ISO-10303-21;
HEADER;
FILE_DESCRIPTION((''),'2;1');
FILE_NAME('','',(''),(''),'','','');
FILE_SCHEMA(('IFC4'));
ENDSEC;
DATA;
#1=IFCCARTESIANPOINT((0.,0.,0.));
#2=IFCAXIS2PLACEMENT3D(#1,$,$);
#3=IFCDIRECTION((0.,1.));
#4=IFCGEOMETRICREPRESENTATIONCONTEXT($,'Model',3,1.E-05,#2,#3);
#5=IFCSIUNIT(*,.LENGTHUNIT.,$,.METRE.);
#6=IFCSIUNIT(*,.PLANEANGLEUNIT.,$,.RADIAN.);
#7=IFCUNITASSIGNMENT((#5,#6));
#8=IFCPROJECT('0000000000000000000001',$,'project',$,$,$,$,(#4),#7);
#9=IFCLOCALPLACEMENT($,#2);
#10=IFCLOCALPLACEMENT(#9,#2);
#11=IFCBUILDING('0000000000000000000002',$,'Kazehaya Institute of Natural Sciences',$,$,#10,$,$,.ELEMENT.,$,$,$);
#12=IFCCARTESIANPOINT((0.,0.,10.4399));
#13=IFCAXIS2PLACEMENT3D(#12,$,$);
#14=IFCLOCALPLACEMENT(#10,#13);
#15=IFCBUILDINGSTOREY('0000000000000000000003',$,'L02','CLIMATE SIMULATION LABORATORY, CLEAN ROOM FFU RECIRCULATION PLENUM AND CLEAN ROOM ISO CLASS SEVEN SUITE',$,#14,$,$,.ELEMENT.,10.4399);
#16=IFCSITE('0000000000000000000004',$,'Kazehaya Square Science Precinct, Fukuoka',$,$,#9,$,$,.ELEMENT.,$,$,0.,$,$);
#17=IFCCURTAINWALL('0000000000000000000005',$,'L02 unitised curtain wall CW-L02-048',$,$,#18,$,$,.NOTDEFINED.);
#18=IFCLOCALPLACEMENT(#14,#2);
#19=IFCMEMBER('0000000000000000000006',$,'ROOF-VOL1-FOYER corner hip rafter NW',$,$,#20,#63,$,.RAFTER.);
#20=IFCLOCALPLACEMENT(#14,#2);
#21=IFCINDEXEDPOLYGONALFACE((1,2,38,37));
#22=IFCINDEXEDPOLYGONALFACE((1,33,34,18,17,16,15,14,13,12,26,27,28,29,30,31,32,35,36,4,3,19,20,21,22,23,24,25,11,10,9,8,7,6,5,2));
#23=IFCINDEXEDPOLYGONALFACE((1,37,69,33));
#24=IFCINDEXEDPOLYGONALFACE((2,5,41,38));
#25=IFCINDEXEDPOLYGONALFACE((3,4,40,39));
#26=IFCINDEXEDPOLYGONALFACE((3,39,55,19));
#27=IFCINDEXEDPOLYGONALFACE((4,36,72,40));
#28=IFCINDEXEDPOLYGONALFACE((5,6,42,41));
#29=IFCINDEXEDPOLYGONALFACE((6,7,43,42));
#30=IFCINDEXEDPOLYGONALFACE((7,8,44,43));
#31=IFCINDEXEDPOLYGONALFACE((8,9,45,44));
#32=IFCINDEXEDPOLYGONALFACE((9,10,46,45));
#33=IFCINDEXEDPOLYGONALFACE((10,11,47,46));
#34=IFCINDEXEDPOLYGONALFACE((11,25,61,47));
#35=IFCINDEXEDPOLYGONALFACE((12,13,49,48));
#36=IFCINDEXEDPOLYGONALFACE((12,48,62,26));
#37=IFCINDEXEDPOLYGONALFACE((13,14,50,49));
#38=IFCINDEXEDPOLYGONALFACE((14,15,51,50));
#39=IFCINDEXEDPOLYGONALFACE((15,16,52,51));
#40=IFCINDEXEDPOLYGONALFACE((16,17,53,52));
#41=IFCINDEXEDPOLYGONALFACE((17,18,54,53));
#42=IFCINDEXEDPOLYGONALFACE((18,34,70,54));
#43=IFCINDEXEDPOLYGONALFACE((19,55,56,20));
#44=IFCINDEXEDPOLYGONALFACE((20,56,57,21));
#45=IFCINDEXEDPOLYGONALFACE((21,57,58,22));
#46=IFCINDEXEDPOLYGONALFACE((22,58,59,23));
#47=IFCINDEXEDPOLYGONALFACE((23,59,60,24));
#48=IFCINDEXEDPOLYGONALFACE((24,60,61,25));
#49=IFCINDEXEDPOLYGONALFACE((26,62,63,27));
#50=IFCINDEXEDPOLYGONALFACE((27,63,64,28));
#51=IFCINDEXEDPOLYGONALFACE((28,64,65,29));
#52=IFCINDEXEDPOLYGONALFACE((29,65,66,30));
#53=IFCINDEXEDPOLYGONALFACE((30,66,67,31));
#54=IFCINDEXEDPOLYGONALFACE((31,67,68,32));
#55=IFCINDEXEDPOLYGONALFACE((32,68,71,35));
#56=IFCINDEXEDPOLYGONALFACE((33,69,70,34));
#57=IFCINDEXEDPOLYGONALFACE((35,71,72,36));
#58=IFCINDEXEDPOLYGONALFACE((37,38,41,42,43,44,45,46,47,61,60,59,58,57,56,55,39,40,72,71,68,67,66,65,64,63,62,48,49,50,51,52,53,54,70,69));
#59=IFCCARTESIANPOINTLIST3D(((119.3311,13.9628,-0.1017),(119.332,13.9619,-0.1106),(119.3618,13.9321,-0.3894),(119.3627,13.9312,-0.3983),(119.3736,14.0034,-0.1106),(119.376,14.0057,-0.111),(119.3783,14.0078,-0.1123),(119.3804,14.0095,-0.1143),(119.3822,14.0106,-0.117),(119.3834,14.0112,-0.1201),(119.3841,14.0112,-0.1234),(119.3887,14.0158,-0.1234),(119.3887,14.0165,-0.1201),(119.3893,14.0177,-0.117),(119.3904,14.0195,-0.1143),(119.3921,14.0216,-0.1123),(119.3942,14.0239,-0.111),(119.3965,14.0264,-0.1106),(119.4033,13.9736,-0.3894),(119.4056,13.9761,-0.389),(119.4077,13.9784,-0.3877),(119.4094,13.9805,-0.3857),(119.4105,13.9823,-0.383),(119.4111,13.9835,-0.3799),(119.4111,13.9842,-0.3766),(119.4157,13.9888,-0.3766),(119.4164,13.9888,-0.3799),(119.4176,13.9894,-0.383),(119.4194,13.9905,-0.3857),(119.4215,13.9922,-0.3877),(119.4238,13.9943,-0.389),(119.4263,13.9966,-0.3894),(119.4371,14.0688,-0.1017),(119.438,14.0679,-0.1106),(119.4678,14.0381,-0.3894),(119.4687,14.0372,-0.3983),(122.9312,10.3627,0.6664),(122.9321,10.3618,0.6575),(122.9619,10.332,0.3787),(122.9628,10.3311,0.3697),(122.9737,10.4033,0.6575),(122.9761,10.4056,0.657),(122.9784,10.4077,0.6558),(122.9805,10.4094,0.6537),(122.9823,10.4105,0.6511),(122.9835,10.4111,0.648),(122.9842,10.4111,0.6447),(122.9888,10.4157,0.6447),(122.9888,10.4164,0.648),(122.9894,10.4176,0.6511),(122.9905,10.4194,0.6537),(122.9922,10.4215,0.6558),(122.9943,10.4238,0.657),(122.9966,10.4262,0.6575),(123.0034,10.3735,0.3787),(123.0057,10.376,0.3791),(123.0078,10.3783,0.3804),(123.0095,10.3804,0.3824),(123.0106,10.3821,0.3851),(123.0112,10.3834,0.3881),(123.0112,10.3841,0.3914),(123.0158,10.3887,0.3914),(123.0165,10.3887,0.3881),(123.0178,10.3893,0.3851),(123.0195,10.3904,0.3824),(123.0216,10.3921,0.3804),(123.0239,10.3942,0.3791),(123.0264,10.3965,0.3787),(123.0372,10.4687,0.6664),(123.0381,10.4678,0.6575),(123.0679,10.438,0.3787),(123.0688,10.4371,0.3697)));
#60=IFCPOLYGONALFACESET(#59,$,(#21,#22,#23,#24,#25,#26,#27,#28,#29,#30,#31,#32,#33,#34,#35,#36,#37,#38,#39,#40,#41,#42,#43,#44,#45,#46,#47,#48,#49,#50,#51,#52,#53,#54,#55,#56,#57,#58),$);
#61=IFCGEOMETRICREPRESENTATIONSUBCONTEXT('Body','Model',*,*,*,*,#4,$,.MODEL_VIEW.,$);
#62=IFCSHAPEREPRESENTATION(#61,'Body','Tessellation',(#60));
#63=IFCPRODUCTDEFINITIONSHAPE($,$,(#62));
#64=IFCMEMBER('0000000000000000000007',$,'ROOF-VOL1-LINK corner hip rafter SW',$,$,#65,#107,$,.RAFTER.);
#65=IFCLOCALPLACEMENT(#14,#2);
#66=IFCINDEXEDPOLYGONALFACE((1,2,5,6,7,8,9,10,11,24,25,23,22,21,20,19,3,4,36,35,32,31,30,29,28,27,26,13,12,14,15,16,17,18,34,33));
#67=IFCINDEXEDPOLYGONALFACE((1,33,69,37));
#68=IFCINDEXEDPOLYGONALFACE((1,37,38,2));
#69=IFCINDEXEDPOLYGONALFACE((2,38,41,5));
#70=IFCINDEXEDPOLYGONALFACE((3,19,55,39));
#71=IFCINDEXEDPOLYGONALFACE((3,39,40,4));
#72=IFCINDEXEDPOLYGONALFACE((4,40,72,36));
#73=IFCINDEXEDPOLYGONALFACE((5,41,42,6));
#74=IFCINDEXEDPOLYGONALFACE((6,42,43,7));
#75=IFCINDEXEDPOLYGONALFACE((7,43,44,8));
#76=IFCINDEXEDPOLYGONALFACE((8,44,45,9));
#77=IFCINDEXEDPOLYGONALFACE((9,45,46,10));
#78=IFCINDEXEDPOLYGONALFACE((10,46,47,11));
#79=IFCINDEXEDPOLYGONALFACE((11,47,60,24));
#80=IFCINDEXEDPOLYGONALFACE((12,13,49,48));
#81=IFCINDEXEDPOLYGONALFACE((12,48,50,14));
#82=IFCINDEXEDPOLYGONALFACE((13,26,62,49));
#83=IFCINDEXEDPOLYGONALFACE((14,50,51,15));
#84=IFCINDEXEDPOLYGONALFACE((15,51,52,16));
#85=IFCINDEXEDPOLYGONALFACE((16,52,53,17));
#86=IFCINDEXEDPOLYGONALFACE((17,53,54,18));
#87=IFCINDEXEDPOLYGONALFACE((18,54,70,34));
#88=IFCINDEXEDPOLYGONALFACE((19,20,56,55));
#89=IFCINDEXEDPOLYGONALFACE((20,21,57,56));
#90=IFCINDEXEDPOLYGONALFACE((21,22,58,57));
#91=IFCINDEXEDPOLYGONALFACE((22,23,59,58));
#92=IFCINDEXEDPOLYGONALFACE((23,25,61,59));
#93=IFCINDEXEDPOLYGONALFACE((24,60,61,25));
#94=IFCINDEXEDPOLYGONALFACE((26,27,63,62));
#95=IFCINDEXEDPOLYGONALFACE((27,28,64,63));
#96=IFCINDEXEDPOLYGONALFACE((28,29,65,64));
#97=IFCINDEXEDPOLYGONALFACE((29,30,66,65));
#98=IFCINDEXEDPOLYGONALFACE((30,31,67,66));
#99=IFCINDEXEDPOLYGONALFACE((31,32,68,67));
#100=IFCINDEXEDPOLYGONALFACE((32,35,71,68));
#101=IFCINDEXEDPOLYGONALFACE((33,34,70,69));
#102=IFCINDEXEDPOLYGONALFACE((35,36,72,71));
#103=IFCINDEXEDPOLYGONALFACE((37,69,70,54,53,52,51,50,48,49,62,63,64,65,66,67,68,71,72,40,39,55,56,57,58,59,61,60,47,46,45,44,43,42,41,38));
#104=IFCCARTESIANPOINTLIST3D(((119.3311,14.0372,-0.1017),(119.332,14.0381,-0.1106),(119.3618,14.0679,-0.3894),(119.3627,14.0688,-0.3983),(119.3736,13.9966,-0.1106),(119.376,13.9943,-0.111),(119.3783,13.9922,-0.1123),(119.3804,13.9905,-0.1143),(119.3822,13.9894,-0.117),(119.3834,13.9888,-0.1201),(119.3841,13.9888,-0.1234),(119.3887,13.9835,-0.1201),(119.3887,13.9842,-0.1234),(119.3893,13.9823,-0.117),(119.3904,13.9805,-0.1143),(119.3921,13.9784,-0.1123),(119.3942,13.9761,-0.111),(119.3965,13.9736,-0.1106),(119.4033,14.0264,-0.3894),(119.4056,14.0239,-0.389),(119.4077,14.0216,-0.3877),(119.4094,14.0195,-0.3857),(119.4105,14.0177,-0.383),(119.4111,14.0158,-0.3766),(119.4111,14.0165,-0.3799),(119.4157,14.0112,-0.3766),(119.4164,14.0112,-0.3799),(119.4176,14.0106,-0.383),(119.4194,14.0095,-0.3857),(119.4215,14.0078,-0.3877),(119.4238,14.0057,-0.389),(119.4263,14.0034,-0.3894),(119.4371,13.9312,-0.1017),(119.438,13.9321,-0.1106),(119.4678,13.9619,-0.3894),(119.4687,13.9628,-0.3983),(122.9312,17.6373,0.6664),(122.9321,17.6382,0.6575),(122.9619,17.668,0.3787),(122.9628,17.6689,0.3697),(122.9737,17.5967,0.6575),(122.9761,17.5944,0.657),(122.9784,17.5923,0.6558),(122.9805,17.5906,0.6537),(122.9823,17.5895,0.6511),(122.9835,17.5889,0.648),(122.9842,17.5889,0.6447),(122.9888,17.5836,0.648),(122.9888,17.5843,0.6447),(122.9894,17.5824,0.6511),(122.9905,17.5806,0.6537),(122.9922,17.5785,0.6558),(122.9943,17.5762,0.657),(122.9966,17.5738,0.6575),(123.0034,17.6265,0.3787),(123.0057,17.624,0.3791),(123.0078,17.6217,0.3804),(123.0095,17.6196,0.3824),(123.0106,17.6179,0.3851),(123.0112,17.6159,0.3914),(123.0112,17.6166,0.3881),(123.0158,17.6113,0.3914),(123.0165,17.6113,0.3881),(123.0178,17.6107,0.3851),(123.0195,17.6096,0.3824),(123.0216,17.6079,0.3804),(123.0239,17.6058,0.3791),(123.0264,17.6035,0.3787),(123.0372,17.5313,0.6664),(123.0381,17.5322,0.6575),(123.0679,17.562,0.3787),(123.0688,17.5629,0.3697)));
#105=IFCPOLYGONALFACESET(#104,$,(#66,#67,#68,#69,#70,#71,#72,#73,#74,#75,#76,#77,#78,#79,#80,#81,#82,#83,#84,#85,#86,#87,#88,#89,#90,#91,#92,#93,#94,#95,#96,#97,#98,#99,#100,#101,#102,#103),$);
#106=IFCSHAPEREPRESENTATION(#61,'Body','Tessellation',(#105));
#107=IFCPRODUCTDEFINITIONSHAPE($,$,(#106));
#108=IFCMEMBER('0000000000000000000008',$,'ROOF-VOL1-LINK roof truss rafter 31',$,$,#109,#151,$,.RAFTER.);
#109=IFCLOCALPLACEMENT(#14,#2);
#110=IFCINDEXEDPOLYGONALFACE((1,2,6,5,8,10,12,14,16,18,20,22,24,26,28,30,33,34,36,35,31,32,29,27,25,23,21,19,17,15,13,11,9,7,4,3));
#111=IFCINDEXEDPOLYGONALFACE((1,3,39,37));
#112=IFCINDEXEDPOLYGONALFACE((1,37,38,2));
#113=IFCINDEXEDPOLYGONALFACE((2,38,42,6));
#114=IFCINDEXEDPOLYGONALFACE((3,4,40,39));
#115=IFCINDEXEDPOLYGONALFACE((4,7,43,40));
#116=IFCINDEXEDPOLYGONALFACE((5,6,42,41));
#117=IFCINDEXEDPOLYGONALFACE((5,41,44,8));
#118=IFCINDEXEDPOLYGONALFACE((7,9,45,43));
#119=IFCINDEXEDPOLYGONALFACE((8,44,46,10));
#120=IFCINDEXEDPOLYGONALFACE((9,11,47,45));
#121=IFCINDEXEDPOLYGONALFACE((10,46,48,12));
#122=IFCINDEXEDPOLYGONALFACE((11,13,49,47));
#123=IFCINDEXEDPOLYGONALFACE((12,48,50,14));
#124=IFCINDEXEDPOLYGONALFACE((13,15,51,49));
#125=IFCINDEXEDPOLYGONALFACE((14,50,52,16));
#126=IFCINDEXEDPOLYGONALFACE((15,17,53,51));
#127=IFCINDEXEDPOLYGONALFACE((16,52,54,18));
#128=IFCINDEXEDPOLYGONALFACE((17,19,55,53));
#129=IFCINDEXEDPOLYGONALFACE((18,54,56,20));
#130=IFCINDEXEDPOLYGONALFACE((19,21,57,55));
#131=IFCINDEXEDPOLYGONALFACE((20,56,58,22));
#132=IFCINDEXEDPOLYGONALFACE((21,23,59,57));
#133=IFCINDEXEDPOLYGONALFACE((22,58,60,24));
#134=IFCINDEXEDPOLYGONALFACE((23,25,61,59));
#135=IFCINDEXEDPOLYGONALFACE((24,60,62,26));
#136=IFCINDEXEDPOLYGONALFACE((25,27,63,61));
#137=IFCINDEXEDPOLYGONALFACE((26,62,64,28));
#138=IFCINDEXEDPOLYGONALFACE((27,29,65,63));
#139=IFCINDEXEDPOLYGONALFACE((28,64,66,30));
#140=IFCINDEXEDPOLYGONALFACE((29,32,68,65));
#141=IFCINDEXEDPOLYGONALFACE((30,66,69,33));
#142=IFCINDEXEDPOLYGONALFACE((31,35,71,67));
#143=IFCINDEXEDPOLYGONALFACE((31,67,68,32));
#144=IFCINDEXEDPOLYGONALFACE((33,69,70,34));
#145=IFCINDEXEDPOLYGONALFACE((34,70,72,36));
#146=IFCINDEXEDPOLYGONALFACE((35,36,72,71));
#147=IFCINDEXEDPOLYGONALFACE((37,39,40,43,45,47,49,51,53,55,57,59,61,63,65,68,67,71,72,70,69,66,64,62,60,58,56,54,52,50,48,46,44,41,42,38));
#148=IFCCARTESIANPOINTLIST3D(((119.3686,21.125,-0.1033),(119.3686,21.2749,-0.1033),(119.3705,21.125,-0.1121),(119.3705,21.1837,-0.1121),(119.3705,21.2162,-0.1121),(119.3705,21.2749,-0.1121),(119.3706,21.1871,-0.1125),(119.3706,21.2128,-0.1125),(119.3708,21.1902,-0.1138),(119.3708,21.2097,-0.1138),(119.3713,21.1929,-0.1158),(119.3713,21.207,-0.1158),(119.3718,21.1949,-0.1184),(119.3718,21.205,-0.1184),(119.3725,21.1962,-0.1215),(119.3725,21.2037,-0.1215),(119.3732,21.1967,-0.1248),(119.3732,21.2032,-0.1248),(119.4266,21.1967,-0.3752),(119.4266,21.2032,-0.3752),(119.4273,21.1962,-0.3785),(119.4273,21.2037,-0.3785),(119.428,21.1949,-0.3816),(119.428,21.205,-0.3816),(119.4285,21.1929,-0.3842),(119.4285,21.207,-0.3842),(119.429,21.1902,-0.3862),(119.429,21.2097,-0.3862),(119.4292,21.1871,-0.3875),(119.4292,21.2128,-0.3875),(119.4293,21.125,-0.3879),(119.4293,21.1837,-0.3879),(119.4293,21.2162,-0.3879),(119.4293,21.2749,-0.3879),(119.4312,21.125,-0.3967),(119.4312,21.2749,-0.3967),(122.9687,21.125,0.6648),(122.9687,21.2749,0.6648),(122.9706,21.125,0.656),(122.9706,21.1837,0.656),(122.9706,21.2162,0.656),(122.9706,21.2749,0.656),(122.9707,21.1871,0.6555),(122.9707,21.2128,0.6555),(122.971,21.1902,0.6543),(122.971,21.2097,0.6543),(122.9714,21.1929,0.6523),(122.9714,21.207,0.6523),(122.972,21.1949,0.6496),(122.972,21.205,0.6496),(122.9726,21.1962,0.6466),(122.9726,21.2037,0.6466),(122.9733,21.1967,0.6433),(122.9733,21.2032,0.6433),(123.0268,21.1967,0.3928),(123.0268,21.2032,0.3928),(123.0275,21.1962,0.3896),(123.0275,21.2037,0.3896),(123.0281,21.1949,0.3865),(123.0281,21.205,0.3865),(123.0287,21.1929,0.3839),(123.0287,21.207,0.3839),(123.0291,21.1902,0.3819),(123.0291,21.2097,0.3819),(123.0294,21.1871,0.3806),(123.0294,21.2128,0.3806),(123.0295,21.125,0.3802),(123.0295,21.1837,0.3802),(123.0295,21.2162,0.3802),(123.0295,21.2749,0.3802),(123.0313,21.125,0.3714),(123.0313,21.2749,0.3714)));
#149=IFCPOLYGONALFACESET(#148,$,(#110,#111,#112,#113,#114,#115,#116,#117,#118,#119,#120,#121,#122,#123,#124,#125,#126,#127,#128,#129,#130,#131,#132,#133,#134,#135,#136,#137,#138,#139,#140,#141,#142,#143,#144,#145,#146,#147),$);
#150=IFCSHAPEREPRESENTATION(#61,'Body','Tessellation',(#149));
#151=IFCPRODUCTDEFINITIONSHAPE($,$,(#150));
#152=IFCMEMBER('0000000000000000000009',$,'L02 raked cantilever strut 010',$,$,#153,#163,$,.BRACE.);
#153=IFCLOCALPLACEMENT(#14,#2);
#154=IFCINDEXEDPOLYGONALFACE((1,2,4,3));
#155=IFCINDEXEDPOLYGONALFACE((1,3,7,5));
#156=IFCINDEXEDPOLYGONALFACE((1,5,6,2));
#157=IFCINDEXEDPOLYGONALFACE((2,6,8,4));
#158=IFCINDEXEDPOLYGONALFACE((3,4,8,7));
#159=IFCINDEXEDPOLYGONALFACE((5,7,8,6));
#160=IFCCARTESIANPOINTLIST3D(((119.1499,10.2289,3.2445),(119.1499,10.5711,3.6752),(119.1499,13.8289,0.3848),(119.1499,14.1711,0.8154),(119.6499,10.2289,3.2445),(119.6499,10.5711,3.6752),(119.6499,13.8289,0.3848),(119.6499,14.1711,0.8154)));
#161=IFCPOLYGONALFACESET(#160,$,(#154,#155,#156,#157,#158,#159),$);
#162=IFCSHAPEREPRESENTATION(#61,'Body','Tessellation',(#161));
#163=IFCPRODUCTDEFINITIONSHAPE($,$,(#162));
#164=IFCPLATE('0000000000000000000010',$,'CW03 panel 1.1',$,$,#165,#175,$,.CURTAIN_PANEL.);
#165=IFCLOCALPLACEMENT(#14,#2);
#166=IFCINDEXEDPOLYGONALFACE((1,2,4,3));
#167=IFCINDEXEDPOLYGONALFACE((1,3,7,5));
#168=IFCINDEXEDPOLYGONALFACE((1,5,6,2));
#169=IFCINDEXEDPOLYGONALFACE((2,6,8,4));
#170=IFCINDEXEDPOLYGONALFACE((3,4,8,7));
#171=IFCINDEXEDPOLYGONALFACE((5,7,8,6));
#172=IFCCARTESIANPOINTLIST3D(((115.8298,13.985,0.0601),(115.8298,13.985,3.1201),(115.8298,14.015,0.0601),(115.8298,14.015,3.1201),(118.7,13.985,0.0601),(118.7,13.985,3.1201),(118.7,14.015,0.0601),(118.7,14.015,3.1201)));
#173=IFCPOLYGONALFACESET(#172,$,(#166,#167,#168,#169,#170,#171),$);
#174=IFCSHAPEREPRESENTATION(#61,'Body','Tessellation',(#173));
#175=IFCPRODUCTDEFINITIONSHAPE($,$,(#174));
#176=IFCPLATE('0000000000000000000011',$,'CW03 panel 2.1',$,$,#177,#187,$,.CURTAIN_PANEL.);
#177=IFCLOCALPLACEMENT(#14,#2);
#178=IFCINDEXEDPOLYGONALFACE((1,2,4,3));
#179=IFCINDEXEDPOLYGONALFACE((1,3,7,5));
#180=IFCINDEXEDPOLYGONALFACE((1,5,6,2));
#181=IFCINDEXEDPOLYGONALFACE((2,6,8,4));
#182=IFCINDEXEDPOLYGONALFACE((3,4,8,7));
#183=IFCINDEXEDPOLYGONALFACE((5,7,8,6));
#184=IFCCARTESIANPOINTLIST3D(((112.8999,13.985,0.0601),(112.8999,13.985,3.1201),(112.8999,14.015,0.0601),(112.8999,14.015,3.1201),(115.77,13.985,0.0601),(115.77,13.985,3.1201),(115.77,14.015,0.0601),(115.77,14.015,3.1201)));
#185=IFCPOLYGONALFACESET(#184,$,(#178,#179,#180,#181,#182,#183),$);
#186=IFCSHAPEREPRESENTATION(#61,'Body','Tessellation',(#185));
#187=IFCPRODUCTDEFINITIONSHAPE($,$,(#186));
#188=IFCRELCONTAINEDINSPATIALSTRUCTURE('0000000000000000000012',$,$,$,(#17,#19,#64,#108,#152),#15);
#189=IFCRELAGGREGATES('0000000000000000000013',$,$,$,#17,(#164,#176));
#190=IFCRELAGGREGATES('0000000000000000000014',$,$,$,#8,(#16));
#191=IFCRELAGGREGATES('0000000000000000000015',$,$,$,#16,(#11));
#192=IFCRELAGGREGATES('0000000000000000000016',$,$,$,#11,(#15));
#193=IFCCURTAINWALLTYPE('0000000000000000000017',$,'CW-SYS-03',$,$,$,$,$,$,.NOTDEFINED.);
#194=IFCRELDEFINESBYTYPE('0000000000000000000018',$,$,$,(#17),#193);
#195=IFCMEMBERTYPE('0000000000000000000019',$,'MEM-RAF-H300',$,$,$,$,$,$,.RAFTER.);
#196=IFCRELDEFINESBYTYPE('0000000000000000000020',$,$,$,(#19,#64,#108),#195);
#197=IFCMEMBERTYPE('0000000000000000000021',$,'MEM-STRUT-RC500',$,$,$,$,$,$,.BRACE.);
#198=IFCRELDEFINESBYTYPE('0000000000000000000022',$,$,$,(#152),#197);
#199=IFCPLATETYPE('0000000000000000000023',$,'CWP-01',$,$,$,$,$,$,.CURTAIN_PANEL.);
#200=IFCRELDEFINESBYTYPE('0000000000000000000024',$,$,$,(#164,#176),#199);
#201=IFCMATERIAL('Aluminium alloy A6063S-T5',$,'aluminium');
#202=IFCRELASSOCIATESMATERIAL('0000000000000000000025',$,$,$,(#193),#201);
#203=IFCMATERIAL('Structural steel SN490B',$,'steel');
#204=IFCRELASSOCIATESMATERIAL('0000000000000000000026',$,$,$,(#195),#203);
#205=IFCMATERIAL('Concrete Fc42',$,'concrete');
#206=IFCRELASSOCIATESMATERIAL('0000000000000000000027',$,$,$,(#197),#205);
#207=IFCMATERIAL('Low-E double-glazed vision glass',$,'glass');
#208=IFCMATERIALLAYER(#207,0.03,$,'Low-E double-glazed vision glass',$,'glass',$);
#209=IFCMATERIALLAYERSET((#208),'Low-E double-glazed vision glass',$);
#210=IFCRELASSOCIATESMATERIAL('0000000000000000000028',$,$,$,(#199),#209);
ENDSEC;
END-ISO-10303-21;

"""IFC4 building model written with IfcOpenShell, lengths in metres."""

from ifc_helpers import new_model, si_unit, direction, frame, origin, origin_2d, place, context, subcontext, project, spatial, rectangle, i_section, extrude, material, layer, layer_set, material_profile, profile_set, type_object, element, aggregate, save


model = new_model("IFC4")

# Units and contexts
model_context = context("Model", 3, precision=1e-05, world=origin(), true_north=direction((0.0, 1.0)))
body_context = subcontext(model_context, "Body", "Model", "MODEL_VIEW")
ifc_project = project(units=[si_unit("LENGTHUNIT", "METRE"), si_unit("PLANEANGLEUNIT", "RADIAN")], contexts=[model_context])

# Site, building, storey
site_placement = place(None, origin())
site = spatial("IfcSite", under=ifc_project, at=site_placement, Name="Kazehaya Square Science Precinct, Fukuoka", CompositionType="ELEMENT", RefElevation=0.0)
building_placement = place(site_placement, origin())
building = spatial("IfcBuilding", under=site, at=building_placement, Name="Kazehaya Institute of Natural Sciences", CompositionType="ELEMENT")
storey_placement = place(building_placement, frame((0.0, 0.0, 10.4399)))
storey = spatial("IfcBuildingStorey", under=building, at=storey_placement, Name="L02", Description="CLIMATE SIMULATION LABORATORY, CLEAN ROOM FFU RECIRCULATION PLENUM AND CLEAN ROOM ISO CLASS SEVEN SUITE", CompositionType="ELEMENT", Elevation=10.4399)

# Shared definitions
ifc_material_1 = material(Name="Concrete Fc42", Category="concrete")

# Curtain wall
ifc_material_2 = material(Name="Aluminium alloy A6063S-T5", Category="aluminium")
curtain_wall_type = type_object("IfcCurtainWallType", Name="CW-SYS-03", PredefinedType="NOTDEFINED", material=ifc_material_2)
curtain_wall_placement = place(storey_placement, origin())
curtain_wall = element("IfcCurtainWall", 1, at=curtain_wall_placement, inside=storey, type_object=curtain_wall_type, Name="L02 unitised curtain wall CW-L02-048", PredefinedType="NOTDEFINED")

# Members
ifc_material_3 = material(Name="Structural steel SN490B", Category="steel")
ifc_material_profile_1 = material_profile(ifc_material_3, i_section(OverallWidth=0.1499, OverallDepth=0.3, WebThickness=0.0066, FlangeThickness=0.009, FilletRadius=0.0129, at=origin_2d()), Name="H-300x150x6.5x9")
ifc_profile_set_1 = profile_set([ifc_material_profile_1], Name="Structural steel SN490B")
member_type_1 = type_object("IfcMemberType", Name="MEM-RAF-H300", PredefinedType="RAFTER", material=ifc_profile_set_1)
for number, where, z_axis, x_axis, name in (
    (2, (119.3999, 14.0, -0.25), (0.699195, -0.699195, 0.149171), (0.707107, 0.707107, 0.0), "ROOF-VOL1-FOYER corner hip rafter NW"),
    (3, (119.3999, 14.0, -0.25), (0.699195, 0.699195, 0.149171), (-0.707107, 0.707107, 0.0), "ROOF-VOL1-LINK corner hip rafter SW"),
):
    element("IfcMember", number, at=place(storey_placement, frame(where, z_axis=z_axis, x_axis=x_axis)), inside=storey, type_object=member_type_1, Name=name, PredefinedType="RAFTER", context=body_context, shape_type="SweptSolid", body=[
        extrude(i_section(OverallWidth=0.1499, OverallDepth=0.3, WebThickness=0.0066, FlangeThickness=0.009, FilletRadius=0.0129, at=origin_2d()), origin(), (0.0, 0.0, 1.0), 5.1489),
    ])
member_1_placement = place(storey_placement, frame((119.3999, 21.2, -0.25), z_axis=(0.97799, 0.0, 0.20865), x_axis=(0.0, 1.0, 0.0)))
element("IfcMember", 4, at=member_1_placement, inside=storey, type_object=member_type_1, Name="ROOF-VOL1-LINK roof truss rafter 31", PredefinedType="RAFTER", context=body_context, shape_type="SweptSolid", body=[
    extrude(i_section(OverallWidth=0.1499, OverallDepth=0.3, WebThickness=0.0066, FlangeThickness=0.009, FilletRadius=0.0129, at=origin_2d()), origin(), (0.0, 0.0, 1.0), 3.6812),
])
ifc_material_profile_2 = material_profile(ifc_material_1, rectangle(XDim=0.5, YDim=0.55, at=origin_2d()), Name="RC-500x550")
ifc_profile_set_2 = profile_set([ifc_material_profile_2], Name="Concrete Fc42")
member_type_2 = type_object("IfcMemberType", Name="MEM-STRUT-RC500", PredefinedType="BRACE", material=ifc_profile_set_2)
member_2_placement = place(storey_placement, frame((119.3999, 14.0, 0.6001), z_axis=(0.0, -0.783009, 0.62201), x_axis=(1.0, 0.0, 0.0)))
element("IfcMember", 5, at=member_2_placement, inside=storey, type_object=member_type_2, Name="L02 raked cantilever strut 010", PredefinedType="BRACE", context=body_context, shape_type="SweptSolid", body=[
    extrude(rectangle(XDim=0.5, YDim=0.55, at=origin_2d()), origin(), (0.0, 0.0, 1.0), 4.5977),
])

# Plates
ifc_material_4 = material(Name="Low-E double-glazed vision glass", Category="glass")
ifc_layer_1 = layer(ifc_material_4, 0.03, Name="Low-E double-glazed vision glass", Category="glass")
ifc_layer_set_1 = layer_set([ifc_layer_1], Name="Low-E double-glazed vision glass")
plate_type = type_object("IfcPlateType", Name="CWP-01", PredefinedType="CURTAIN_PANEL", material=ifc_layer_set_1)
plate_1_placement = place(storey_placement, frame((117.2649, 14.0, 0.0601), z_axis=(0.0, 0.0, 1.0), x_axis=(-1.0, 0.0, 0.0)))
plate_1 = element("IfcPlate", 6, at=plate_1_placement, type_object=plate_type, Name="CW03 panel 1.1", PredefinedType="CURTAIN_PANEL", context=body_context, shape_type="SweptSolid", body=[
    extrude(rectangle(XDim=2.8701, YDim=0.03, at=origin_2d()), origin(), (0.0, 0.0, 1.0), 3.0601),
])
plate_2_placement = place(storey_placement, frame((114.335, 14.0, 0.0601), z_axis=(0.0, 0.0, 1.0), x_axis=(-1.0, 0.0, 0.0)))
plate_2 = element("IfcPlate", 7, at=plate_2_placement, type_object=plate_type, Name="CW03 panel 2.1", PredefinedType="CURTAIN_PANEL", context=body_context, shape_type="SweptSolid", body=[
    extrude(rectangle(XDim=2.8701, YDim=0.03, at=origin_2d()), origin(), (0.0, 0.0, 1.0), 3.0601),
])
aggregate(curtain_wall, [plate_1, plate_2])

save(model, "model.ifc")
